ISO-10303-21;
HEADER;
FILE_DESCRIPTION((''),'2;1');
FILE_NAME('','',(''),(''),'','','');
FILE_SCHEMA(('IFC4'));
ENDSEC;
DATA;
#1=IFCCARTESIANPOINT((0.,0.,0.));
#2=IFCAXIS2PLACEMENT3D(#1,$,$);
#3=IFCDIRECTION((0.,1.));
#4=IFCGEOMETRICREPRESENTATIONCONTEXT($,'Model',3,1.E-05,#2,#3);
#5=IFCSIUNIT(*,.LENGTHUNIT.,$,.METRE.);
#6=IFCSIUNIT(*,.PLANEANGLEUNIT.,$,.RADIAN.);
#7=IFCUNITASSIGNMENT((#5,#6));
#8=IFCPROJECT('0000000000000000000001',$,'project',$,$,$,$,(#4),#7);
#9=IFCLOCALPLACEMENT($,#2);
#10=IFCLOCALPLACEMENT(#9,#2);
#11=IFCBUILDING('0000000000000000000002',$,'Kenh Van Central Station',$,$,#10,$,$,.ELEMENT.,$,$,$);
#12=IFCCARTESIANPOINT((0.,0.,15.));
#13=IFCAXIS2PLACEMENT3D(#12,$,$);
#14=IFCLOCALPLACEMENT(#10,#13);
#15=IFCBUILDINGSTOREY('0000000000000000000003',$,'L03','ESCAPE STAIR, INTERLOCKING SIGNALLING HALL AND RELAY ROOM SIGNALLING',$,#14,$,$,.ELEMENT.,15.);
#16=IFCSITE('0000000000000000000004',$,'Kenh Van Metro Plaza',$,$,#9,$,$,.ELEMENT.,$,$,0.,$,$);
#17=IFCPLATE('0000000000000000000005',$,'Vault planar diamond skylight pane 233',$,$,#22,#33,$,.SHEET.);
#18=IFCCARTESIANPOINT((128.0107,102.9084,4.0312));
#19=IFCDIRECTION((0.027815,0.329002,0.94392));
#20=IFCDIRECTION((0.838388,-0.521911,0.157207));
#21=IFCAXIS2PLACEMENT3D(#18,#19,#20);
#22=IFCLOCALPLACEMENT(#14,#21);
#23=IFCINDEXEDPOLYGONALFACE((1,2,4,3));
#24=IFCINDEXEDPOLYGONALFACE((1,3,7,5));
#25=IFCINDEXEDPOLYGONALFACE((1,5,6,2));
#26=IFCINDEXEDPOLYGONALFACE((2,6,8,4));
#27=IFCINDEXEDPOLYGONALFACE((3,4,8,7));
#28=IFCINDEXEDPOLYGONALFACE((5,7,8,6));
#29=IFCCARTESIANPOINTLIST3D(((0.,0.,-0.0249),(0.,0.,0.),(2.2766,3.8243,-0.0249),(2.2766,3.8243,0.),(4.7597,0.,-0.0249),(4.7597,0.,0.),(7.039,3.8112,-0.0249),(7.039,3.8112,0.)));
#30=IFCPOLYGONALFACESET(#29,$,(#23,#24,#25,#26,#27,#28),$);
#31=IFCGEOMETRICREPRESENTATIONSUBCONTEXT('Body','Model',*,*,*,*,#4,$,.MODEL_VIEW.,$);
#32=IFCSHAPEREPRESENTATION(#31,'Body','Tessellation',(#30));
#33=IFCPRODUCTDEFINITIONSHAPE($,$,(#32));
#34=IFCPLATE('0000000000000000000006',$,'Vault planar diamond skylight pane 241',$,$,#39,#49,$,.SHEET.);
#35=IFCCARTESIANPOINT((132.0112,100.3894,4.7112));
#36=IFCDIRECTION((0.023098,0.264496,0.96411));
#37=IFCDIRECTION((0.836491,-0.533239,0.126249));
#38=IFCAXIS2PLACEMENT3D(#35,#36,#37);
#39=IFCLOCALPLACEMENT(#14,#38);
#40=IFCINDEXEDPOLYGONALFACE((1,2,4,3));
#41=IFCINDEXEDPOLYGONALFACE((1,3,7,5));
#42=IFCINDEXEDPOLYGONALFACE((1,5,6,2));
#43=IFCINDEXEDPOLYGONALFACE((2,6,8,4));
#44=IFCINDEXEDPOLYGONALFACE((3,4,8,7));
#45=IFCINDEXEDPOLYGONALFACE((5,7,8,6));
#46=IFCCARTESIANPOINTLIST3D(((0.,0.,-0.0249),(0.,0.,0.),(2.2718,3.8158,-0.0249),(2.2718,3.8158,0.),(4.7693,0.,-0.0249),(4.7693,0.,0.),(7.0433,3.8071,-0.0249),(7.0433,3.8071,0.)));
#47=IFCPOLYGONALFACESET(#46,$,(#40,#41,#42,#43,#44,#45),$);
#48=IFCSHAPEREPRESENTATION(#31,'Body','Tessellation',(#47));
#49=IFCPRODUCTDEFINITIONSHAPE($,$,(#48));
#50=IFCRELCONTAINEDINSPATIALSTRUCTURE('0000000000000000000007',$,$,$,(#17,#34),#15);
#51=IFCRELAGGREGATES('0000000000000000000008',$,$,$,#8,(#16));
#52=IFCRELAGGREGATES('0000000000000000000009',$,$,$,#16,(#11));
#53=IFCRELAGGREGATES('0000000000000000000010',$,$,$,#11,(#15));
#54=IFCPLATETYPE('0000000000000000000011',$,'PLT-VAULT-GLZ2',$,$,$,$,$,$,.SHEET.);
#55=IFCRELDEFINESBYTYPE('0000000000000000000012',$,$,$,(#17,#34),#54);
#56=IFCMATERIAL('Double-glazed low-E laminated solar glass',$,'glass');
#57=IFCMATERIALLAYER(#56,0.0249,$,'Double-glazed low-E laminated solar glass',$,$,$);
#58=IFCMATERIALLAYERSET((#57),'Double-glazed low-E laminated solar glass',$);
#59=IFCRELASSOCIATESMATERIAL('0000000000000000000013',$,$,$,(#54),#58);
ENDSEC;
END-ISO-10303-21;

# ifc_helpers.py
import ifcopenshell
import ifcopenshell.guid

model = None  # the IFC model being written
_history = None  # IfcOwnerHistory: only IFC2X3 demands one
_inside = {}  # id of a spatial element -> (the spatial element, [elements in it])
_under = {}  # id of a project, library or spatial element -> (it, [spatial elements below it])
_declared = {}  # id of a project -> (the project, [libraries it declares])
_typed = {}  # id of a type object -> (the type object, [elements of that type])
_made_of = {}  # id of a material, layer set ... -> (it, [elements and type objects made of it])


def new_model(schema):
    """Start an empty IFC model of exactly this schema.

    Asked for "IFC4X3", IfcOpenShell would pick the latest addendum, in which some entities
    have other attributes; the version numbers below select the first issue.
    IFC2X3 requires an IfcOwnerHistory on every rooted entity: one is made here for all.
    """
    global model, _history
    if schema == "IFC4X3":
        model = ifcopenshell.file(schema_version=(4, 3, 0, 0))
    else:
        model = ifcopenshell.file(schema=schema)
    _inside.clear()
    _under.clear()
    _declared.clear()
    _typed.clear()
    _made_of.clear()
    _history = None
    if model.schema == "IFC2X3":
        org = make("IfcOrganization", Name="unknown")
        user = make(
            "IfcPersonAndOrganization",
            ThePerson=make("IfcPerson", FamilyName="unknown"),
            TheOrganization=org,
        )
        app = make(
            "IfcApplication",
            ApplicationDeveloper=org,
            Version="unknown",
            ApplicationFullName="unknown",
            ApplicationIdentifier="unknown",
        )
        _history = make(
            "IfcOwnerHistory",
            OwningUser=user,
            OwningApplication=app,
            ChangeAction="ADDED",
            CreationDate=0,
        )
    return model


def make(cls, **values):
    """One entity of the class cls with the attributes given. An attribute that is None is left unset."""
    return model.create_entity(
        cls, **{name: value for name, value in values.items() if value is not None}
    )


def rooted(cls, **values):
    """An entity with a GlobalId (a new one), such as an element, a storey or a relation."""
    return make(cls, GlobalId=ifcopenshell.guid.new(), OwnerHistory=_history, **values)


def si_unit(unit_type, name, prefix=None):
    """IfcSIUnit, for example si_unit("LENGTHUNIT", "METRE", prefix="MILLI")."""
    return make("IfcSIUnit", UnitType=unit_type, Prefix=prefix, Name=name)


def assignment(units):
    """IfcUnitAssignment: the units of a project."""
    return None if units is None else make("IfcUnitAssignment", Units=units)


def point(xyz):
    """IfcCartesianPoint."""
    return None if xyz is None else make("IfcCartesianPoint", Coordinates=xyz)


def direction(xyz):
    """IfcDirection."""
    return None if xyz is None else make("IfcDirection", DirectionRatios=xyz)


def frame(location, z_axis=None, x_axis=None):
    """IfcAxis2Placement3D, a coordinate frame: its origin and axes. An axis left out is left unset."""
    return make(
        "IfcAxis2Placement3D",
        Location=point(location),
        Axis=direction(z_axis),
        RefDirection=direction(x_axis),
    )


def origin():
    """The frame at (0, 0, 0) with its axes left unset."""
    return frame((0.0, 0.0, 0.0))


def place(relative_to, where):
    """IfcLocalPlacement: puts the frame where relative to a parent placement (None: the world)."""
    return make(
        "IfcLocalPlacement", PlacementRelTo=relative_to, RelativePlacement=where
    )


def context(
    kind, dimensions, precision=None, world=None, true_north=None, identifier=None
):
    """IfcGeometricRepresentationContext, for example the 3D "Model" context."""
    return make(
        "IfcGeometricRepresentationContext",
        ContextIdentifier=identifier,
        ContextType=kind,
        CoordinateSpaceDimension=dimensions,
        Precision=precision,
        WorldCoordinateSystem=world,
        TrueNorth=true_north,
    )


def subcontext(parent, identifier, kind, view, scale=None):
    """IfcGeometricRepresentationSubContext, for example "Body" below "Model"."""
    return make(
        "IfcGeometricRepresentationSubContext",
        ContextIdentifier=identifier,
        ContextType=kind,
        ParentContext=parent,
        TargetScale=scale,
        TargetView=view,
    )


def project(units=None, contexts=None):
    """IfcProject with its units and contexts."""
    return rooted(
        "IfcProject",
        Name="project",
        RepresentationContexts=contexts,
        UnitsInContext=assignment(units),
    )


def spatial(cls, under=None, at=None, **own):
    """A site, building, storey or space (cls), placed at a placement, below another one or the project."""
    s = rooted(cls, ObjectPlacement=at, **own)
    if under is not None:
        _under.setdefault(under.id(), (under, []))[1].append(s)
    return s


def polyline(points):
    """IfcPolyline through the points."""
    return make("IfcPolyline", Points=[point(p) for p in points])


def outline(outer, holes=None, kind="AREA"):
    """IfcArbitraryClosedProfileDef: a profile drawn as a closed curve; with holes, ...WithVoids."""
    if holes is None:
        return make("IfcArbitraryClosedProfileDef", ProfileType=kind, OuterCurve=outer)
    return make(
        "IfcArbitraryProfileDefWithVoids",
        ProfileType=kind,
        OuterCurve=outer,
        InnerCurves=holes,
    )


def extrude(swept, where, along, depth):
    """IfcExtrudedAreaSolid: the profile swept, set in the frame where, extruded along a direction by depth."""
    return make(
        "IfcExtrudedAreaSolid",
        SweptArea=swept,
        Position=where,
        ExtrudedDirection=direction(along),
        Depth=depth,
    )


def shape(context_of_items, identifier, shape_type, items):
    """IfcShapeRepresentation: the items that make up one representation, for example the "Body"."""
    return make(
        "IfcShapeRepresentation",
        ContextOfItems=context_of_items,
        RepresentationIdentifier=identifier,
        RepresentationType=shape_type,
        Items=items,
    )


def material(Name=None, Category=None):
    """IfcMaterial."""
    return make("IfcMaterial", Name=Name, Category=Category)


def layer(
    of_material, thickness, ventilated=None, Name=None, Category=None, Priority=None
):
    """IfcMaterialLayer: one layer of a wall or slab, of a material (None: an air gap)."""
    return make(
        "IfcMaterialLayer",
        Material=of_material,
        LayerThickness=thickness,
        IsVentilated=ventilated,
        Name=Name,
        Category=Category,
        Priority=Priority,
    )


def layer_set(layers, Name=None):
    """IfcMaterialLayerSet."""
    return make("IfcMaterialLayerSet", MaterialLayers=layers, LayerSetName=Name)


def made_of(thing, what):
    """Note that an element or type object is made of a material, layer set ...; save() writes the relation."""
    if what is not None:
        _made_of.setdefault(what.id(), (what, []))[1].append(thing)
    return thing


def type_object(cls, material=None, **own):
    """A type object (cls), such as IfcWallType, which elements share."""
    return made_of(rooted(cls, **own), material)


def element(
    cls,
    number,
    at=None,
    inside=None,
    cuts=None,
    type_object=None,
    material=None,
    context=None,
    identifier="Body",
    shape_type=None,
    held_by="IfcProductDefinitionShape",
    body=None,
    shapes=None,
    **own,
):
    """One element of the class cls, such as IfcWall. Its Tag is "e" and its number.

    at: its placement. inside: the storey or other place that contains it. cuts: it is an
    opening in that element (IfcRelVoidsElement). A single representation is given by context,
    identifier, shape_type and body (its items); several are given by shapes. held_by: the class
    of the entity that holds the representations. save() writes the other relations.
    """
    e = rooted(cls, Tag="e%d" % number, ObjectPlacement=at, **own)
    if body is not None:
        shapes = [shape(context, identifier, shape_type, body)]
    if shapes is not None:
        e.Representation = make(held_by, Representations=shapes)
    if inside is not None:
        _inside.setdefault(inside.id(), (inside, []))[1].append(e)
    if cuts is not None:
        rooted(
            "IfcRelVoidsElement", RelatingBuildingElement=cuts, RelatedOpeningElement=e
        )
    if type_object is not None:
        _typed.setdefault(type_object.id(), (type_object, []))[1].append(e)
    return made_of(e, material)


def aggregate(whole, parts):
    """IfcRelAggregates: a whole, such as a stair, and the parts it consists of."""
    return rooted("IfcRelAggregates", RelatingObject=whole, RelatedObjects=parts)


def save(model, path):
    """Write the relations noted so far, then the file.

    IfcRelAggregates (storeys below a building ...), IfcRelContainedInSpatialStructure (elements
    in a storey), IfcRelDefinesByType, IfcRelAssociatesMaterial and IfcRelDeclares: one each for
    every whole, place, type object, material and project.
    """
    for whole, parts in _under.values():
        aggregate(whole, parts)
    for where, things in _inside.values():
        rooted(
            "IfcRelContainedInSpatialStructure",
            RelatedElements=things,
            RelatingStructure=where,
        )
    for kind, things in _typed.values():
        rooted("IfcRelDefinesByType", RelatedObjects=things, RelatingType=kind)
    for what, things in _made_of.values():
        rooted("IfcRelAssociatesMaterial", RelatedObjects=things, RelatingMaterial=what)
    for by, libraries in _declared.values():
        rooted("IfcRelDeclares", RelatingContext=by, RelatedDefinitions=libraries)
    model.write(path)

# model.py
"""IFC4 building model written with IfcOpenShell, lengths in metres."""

from ifc_helpers import new_model, si_unit, direction, frame, origin, place, context, subcontext, project, spatial, polyline, outline, extrude, material, layer, layer_set, type_object, element, save


model = new_model("IFC4")

# Units and contexts
model_context = context("Model", 3, precision=1e-05, world=origin(), true_north=direction((0.0, 1.0)))
body_context = subcontext(model_context, "Body", "Model", "MODEL_VIEW")
ifc_project = project(units=[si_unit("LENGTHUNIT", "METRE"), si_unit("PLANEANGLEUNIT", "RADIAN")], contexts=[model_context])

# Site, building, storey
site_placement = place(None, origin())
site = spatial("IfcSite", under=ifc_project, at=site_placement, Name="Kenh Van Metro Plaza", CompositionType="ELEMENT", RefElevation=0.0)
building_placement = place(site_placement, origin())
building = spatial("IfcBuilding", under=site, at=building_placement, Name="Kenh Van Central Station", CompositionType="ELEMENT")
storey_placement = place(building_placement, frame((0.0, 0.0, 15.0)))
storey = spatial("IfcBuildingStorey", under=building, at=storey_placement, Name="L03", Description="ESCAPE STAIR, INTERLOCKING SIGNALLING HALL AND RELAY ROOM SIGNALLING", CompositionType="ELEMENT", Elevation=15.0)

# Plates
ifc_material_1 = material(Name="Double-glazed low-E laminated solar glass", Category="glass")
ifc_layer_1 = layer(ifc_material_1, 0.0249, Name="Double-glazed low-E laminated solar glass")
ifc_layer_set_1 = layer_set([ifc_layer_1], Name="Double-glazed low-E laminated solar glass")
plate_type_1 = type_object("IfcPlateType", Name="PLT-VAULT-GLZ2", PredefinedType="SHEET", material=ifc_layer_set_1)
plate_1_placement = place(storey_placement, frame((128.0107, 102.9084, 4.0312), z_axis=(0.027815, 0.329002, 0.94392), x_axis=(0.838388, -0.521911, 0.157207)))
element("IfcPlate", 1, at=plate_1_placement, inside=storey, type_object=plate_type_1, Name="Vault planar diamond skylight pane 233", PredefinedType="SHEET", context=body_context, shape_type="SweptSolid", body=[
    extrude(outline(polyline([(0.0, 0.0), (4.7597, 0.0), (7.039, 3.8112), (2.2766, 3.8243), (0.0, 0.0)])), origin(), (0.0, 0.0, -1.0), 0.0249),
])
plate_2_placement = place(storey_placement, frame((132.0112, 100.3894, 4.7112), z_axis=(0.023098, 0.264496, 0.96411), x_axis=(0.836491, -0.533239, 0.126249)))
element("IfcPlate", 2, at=plate_2_placement, inside=storey, type_object=plate_type_1, Name="Vault planar diamond skylight pane 241", PredefinedType="SHEET", context=body_context, shape_type="SweptSolid", body=[
    extrude(outline(polyline([(0.0, 0.0), (4.7693, 0.0), (7.0433, 3.8071), (2.2718, 3.8158), (0.0, 0.0)])), origin(), (0.0, 0.0, -1.0), 0.0249),
])

save(model, "model.ifc")
